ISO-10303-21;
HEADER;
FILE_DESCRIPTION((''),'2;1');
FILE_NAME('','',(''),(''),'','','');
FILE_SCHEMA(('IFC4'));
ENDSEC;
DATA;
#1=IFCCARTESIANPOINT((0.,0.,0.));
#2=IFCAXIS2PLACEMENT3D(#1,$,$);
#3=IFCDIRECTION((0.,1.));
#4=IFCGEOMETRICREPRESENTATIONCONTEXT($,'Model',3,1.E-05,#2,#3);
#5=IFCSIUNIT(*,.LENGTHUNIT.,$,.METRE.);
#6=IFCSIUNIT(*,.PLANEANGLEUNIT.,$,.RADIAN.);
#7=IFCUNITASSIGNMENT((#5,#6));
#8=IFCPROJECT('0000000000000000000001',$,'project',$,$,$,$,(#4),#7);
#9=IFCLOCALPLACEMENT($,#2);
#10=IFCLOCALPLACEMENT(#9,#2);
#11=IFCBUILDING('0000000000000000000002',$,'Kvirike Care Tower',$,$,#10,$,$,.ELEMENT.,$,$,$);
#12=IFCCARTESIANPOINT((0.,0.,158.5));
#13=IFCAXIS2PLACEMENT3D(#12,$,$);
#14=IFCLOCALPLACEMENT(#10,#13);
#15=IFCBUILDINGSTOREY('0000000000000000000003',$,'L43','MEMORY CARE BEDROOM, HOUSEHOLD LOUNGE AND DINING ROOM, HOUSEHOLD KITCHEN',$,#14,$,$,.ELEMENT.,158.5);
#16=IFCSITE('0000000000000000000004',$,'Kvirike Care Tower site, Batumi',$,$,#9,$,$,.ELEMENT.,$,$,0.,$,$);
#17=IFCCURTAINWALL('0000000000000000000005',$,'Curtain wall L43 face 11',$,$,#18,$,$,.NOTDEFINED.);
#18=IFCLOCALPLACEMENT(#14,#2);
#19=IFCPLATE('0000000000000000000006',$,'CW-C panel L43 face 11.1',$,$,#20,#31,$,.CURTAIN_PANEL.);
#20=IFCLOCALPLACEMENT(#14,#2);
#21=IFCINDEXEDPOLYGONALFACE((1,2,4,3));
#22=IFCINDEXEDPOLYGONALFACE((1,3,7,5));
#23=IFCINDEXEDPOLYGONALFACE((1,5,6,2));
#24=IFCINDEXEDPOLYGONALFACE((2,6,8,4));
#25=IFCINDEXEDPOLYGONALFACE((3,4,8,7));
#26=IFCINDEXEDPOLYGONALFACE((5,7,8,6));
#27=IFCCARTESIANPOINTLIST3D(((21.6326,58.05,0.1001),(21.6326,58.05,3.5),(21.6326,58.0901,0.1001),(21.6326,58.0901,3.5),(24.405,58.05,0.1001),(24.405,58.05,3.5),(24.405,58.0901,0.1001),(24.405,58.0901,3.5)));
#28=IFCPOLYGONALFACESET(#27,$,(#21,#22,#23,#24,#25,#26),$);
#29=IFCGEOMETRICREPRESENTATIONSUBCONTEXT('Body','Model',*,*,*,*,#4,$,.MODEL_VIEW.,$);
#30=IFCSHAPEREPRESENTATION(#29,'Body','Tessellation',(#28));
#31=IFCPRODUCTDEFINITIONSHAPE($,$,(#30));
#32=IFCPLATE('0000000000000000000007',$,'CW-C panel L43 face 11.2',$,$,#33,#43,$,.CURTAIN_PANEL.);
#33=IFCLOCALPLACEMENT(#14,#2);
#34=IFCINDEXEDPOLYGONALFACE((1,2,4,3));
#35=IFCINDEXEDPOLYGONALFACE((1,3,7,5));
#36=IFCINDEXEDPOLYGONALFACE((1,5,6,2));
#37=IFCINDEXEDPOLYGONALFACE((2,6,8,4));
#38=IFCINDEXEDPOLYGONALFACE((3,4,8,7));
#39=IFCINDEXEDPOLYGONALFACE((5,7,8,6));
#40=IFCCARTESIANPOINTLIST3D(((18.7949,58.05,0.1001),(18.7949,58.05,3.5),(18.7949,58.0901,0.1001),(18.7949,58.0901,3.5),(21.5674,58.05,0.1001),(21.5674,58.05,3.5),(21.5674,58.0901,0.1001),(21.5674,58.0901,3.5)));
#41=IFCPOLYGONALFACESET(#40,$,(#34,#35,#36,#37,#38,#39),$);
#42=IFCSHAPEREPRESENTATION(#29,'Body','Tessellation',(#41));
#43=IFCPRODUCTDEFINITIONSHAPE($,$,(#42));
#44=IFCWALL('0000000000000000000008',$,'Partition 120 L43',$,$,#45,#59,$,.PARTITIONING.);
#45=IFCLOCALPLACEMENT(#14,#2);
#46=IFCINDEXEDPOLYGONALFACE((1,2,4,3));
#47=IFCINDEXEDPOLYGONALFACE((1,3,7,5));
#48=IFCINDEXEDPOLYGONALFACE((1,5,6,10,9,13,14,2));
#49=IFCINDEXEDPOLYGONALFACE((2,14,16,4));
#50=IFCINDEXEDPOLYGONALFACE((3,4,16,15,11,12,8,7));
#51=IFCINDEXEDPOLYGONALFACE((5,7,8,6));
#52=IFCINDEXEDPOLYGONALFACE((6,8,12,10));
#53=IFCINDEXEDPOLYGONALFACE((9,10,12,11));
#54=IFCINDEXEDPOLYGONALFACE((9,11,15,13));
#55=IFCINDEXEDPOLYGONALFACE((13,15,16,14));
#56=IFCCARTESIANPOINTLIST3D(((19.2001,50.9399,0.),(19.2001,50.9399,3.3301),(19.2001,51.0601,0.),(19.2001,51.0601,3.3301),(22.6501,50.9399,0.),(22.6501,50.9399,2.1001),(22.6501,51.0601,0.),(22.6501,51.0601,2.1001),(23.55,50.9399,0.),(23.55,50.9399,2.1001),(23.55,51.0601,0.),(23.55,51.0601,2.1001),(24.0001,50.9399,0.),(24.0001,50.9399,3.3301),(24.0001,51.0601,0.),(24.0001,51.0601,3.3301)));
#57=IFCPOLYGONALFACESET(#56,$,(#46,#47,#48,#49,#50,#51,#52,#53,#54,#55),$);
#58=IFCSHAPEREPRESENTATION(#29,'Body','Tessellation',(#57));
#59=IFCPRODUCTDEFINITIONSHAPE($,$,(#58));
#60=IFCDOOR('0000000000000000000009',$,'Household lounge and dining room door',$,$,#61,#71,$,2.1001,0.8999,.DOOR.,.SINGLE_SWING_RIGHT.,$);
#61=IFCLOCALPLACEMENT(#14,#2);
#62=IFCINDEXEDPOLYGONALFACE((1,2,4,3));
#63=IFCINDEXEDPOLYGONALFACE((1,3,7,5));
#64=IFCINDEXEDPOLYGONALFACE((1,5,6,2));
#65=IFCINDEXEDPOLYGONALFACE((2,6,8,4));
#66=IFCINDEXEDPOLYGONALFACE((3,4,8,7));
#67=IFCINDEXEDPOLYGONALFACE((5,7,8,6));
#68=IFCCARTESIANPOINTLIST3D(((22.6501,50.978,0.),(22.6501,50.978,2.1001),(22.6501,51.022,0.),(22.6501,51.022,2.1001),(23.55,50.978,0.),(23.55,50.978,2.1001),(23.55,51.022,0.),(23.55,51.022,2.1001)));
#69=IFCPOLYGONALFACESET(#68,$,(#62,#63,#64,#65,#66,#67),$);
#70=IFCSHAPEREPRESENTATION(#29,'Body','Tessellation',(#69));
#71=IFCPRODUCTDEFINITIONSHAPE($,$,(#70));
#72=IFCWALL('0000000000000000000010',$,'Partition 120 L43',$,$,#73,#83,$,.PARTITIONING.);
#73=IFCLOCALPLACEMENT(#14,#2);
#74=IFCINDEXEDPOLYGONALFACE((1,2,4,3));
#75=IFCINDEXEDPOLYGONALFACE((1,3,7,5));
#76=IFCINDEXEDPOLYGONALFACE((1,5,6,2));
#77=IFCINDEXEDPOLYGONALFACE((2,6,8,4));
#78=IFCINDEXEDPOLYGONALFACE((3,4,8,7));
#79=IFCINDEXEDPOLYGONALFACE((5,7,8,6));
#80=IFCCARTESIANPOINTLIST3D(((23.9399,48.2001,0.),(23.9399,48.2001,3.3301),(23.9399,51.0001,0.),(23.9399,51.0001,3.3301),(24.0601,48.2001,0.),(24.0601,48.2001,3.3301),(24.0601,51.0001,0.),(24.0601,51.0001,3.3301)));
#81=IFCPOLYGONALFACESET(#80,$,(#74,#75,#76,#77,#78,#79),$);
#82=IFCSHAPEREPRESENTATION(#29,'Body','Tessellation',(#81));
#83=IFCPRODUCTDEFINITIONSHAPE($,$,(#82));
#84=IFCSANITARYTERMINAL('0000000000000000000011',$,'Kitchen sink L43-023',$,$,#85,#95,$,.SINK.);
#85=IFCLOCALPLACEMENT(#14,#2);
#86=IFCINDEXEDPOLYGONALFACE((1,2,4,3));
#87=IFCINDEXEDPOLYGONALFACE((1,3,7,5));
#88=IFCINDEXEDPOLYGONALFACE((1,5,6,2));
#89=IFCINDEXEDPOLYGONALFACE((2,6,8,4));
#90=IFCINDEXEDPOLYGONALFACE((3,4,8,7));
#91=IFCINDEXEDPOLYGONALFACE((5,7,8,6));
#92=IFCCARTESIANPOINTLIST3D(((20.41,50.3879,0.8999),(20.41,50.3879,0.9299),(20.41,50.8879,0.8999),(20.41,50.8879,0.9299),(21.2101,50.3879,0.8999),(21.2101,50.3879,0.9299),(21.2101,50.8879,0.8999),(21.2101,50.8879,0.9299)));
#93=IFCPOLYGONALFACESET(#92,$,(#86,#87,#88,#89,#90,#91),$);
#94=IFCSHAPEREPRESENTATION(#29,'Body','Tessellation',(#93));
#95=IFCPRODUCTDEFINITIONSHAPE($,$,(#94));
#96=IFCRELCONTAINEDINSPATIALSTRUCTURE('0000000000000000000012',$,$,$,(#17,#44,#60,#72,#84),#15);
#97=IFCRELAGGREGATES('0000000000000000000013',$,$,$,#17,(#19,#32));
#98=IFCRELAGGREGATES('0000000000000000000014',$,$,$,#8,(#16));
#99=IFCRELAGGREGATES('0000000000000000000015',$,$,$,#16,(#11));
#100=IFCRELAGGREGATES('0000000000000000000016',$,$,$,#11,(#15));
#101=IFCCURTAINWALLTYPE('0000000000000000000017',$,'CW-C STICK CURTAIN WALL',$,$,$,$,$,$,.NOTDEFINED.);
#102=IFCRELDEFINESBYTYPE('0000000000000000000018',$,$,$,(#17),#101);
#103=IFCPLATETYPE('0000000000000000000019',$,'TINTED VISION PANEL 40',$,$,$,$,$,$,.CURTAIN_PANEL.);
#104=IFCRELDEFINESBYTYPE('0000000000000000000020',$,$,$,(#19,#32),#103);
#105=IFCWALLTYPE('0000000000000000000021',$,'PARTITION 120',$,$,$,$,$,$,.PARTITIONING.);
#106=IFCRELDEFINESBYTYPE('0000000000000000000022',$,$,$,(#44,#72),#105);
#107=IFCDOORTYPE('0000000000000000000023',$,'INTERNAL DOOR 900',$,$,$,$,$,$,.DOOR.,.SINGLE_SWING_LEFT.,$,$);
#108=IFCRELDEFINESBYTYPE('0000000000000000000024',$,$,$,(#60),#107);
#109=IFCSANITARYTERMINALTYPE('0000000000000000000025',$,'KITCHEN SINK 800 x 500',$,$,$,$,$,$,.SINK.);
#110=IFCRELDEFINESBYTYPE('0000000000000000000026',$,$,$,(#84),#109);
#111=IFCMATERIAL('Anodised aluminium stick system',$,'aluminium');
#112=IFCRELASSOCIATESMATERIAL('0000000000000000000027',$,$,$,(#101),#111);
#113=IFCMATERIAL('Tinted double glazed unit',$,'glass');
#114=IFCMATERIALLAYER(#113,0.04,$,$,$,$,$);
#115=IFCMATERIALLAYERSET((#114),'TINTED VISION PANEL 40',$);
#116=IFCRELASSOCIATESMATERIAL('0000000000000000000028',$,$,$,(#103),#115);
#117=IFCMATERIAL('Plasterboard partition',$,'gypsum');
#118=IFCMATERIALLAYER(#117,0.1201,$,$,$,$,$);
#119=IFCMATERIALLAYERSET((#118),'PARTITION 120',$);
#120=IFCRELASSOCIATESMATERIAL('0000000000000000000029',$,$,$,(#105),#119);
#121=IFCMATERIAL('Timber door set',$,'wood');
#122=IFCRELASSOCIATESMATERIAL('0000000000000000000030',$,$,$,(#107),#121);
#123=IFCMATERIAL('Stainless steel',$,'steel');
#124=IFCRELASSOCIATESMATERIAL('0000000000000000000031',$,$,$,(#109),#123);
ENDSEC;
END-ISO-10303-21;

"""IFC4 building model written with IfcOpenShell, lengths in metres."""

from ifc_helpers import new_model, si_unit, direction, frame, frame_2d, origin, origin_2d, place, context, subcontext, project, spatial, rectangle, extrude, material, layer, layer_set, type_object, element, fill, aggregate, save


model = new_model("IFC4")

# Units and contexts
model_context = context("Model", 3, precision=1e-05, world=origin(), true_north=direction((0.0, 1.0)))
body_context = subcontext(model_context, "Body", "Model", "MODEL_VIEW")
ifc_project = project(units=[si_unit("LENGTHUNIT", "METRE"), si_unit("PLANEANGLEUNIT", "RADIAN")], contexts=[model_context])

# Site, building, storey
site_placement = place(None, origin())
site = spatial("IfcSite", under=ifc_project, at=site_placement, Name="Kvirike Care Tower site, Batumi", CompositionType="ELEMENT", RefElevation=0.0)
building_placement = place(site_placement, origin())
building = spatial("IfcBuilding", under=site, at=building_placement, Name="Kvirike Care Tower", CompositionType="ELEMENT")
storey_placement = place(building_placement, frame((0.0, 0.0, 158.5)))
storey = spatial("IfcBuildingStorey", under=building, at=storey_placement, Name="L43", Description="MEMORY CARE BEDROOM, HOUSEHOLD LOUNGE AND DINING ROOM, HOUSEHOLD KITCHEN", CompositionType="ELEMENT", Elevation=158.5)

# Shared definitions
ifc_material_1 = material(Name="Anodised aluminium stick system", Category="aluminium")
curtain_wall_type = type_object("IfcCurtainWallType", Name="CW-C STICK CURTAIN WALL", PredefinedType="NOTDEFINED", material=ifc_material_1)

# Curtain wall
curtain_wall_1_placement = place(storey_placement, origin())
curtain_wall_1 = element("IfcCurtainWall", 1, at=curtain_wall_1_placement, inside=storey, type_object=curtain_wall_type, Name="Curtain wall L43 face 11", PredefinedType="NOTDEFINED")

# Plates
ifc_material_2 = material(Name="Tinted double glazed unit", Category="glass")
ifc_layer_1 = layer(ifc_material_2, 0.04)
ifc_layer_set_1 = layer_set([ifc_layer_1], Name="TINTED VISION PANEL 40")
plate_type = type_object("IfcPlateType", Name="TINTED VISION PANEL 40", PredefinedType="CURTAIN_PANEL", material=ifc_layer_set_1)
plate_1_placement = place(storey_placement, frame((23.0188, 58.0701, 0.1001), z_axis=(0.0, 0.0, 1.0), x_axis=(-1.0, 0.0, 0.0)))
plate_1 = element("IfcPlate", 2, at=plate_1_placement, type_object=plate_type, Name="CW-C panel L43 face 11.1", PredefinedType="CURTAIN_PANEL", context=body_context, shape_type="SweptSolid", body=[
    extrude(rectangle(XDim=2.7725, YDim=0.04, at=origin_2d()), origin(), (0.0, 0.0, 1.0), 3.3999),
])
plate_2_placement = place(storey_placement, frame((20.1812, 58.0701, 0.1001), z_axis=(0.0, 0.0, 1.0), x_axis=(-1.0, 0.0, 0.0)))
plate_2 = element("IfcPlate", 3, at=plate_2_placement, type_object=plate_type, Name="CW-C panel L43 face 11.2", PredefinedType="CURTAIN_PANEL", context=body_context, shape_type="SweptSolid", body=[
    extrude(rectangle(XDim=2.7725, YDim=0.04, at=origin_2d()), origin(), (0.0, 0.0, 1.0), 3.3999),
])
aggregate(curtain_wall_1, [plate_1, plate_2])

# Wall, opening, door
ifc_material_3 = material(Name="Plasterboard partition", Category="gypsum")
ifc_layer_2 = layer(ifc_material_3, 0.1201)
ifc_layer_set_2 = layer_set([ifc_layer_2], Name="PARTITION 120")
wall_type = type_object("IfcWallType", Name="PARTITION 120", PredefinedType="PARTITIONING", material=ifc_layer_set_2)
wall_1_placement = place(storey_placement, frame((24.0, 51.0, 0.0), z_axis=(0.0, 0.0, 1.0), x_axis=(-1.0, 0.0, 0.0)))
wall_1 = element("IfcWall", 4, at=wall_1_placement, inside=storey, type_object=wall_type, Name="Partition 120 L43", PredefinedType="PARTITIONING", context=body_context, shape_type="SweptSolid", body=[
    extrude(rectangle(XDim=4.8, YDim=0.1201, at=frame_2d((2.3999, 0.0))), origin(), (0.0, 0.0, 1.0), 3.3301),
])
opening_placement = place(wall_1_placement, frame((0.45, 0.0, 0.0)))
opening = element("IfcOpeningElement", 5, at=opening_placement, cuts=wall_1, PredefinedType="OPENING", context=body_context, shape_type="SweptSolid", body=[
    extrude(rectangle(XDim=0.8999, YDim=2.1001, at=frame_2d((0.45, 1.05))), frame((0.0, 0.0706, 0.0), z_axis=(0.0, -1.0, 0.0), x_axis=(1.0, 0.0, 0.0)), (0.0, 0.0, 1.0), 0.1411),
])
ifc_material_4 = material(Name="Timber door set", Category="wood")
door_type = type_object("IfcDoorType", Name="INTERNAL DOOR 900", OperationType="SINGLE_SWING_LEFT", PredefinedType="DOOR", material=ifc_material_4)
door_placement = place(opening_placement, origin())
door = element("IfcDoor", 6, at=door_placement, inside=storey, type_object=door_type, Name="Household lounge and dining room door", OperationType="SINGLE_SWING_RIGHT", OverallHeight=2.1001, OverallWidth=0.8999, PredefinedType="DOOR", context=body_context, shape_type="SweptSolid", body=[
    extrude(rectangle(XDim=0.8999, YDim=2.1001, at=frame_2d((0.45, 1.05))), frame((0.0, 0.022, 0.0), z_axis=(0.0, -1.0, 0.0), x_axis=(1.0, 0.0, 0.0)), (0.0, 0.0, 1.0), 0.0439),
])
fill(opening, door)

# Wall
wall_2_placement = place(storey_placement, frame((24.0, 51.0, 0.0), z_axis=(0.0, 0.0, 1.0), x_axis=(0.0, -1.0, 0.0)))
element("IfcWall", 7, at=wall_2_placement, inside=storey, type_object=wall_type, Name="Partition 120 L43", PredefinedType="PARTITIONING", context=body_context, shape_type="SweptSolid", body=[
    extrude(rectangle(XDim=2.8, YDim=0.1201, at=frame_2d((1.3999, 0.0))), origin(), (0.0, 0.0, 1.0), 3.3301),
])

# Sanitary terminal
ifc_material_5 = material(Name="Stainless steel", Category="steel")
sanitary_terminal_type = type_object("IfcSanitaryTerminalType", Name="KITCHEN SINK 800 x 500", PredefinedType="SINK", material=ifc_material_5)
sanitary_terminal_placement = place(storey_placement, frame((20.8101, 50.6379, 0.8999), z_axis=(0.0, 0.0, 1.0), x_axis=(1.0, 0.0, 0.0)))
element("IfcSanitaryTerminal", 8, at=sanitary_terminal_placement, inside=storey, type_object=sanitary_terminal_type, Name="Kitchen sink L43-023", PredefinedType="SINK", context=body_context, shape_type="SweptSolid", body=[
    extrude(rectangle(XDim=0.8, YDim=0.5, at=origin_2d()), origin(), (0.0, 0.0, 1.0), 0.03),
])

save(model, "model.ifc")
